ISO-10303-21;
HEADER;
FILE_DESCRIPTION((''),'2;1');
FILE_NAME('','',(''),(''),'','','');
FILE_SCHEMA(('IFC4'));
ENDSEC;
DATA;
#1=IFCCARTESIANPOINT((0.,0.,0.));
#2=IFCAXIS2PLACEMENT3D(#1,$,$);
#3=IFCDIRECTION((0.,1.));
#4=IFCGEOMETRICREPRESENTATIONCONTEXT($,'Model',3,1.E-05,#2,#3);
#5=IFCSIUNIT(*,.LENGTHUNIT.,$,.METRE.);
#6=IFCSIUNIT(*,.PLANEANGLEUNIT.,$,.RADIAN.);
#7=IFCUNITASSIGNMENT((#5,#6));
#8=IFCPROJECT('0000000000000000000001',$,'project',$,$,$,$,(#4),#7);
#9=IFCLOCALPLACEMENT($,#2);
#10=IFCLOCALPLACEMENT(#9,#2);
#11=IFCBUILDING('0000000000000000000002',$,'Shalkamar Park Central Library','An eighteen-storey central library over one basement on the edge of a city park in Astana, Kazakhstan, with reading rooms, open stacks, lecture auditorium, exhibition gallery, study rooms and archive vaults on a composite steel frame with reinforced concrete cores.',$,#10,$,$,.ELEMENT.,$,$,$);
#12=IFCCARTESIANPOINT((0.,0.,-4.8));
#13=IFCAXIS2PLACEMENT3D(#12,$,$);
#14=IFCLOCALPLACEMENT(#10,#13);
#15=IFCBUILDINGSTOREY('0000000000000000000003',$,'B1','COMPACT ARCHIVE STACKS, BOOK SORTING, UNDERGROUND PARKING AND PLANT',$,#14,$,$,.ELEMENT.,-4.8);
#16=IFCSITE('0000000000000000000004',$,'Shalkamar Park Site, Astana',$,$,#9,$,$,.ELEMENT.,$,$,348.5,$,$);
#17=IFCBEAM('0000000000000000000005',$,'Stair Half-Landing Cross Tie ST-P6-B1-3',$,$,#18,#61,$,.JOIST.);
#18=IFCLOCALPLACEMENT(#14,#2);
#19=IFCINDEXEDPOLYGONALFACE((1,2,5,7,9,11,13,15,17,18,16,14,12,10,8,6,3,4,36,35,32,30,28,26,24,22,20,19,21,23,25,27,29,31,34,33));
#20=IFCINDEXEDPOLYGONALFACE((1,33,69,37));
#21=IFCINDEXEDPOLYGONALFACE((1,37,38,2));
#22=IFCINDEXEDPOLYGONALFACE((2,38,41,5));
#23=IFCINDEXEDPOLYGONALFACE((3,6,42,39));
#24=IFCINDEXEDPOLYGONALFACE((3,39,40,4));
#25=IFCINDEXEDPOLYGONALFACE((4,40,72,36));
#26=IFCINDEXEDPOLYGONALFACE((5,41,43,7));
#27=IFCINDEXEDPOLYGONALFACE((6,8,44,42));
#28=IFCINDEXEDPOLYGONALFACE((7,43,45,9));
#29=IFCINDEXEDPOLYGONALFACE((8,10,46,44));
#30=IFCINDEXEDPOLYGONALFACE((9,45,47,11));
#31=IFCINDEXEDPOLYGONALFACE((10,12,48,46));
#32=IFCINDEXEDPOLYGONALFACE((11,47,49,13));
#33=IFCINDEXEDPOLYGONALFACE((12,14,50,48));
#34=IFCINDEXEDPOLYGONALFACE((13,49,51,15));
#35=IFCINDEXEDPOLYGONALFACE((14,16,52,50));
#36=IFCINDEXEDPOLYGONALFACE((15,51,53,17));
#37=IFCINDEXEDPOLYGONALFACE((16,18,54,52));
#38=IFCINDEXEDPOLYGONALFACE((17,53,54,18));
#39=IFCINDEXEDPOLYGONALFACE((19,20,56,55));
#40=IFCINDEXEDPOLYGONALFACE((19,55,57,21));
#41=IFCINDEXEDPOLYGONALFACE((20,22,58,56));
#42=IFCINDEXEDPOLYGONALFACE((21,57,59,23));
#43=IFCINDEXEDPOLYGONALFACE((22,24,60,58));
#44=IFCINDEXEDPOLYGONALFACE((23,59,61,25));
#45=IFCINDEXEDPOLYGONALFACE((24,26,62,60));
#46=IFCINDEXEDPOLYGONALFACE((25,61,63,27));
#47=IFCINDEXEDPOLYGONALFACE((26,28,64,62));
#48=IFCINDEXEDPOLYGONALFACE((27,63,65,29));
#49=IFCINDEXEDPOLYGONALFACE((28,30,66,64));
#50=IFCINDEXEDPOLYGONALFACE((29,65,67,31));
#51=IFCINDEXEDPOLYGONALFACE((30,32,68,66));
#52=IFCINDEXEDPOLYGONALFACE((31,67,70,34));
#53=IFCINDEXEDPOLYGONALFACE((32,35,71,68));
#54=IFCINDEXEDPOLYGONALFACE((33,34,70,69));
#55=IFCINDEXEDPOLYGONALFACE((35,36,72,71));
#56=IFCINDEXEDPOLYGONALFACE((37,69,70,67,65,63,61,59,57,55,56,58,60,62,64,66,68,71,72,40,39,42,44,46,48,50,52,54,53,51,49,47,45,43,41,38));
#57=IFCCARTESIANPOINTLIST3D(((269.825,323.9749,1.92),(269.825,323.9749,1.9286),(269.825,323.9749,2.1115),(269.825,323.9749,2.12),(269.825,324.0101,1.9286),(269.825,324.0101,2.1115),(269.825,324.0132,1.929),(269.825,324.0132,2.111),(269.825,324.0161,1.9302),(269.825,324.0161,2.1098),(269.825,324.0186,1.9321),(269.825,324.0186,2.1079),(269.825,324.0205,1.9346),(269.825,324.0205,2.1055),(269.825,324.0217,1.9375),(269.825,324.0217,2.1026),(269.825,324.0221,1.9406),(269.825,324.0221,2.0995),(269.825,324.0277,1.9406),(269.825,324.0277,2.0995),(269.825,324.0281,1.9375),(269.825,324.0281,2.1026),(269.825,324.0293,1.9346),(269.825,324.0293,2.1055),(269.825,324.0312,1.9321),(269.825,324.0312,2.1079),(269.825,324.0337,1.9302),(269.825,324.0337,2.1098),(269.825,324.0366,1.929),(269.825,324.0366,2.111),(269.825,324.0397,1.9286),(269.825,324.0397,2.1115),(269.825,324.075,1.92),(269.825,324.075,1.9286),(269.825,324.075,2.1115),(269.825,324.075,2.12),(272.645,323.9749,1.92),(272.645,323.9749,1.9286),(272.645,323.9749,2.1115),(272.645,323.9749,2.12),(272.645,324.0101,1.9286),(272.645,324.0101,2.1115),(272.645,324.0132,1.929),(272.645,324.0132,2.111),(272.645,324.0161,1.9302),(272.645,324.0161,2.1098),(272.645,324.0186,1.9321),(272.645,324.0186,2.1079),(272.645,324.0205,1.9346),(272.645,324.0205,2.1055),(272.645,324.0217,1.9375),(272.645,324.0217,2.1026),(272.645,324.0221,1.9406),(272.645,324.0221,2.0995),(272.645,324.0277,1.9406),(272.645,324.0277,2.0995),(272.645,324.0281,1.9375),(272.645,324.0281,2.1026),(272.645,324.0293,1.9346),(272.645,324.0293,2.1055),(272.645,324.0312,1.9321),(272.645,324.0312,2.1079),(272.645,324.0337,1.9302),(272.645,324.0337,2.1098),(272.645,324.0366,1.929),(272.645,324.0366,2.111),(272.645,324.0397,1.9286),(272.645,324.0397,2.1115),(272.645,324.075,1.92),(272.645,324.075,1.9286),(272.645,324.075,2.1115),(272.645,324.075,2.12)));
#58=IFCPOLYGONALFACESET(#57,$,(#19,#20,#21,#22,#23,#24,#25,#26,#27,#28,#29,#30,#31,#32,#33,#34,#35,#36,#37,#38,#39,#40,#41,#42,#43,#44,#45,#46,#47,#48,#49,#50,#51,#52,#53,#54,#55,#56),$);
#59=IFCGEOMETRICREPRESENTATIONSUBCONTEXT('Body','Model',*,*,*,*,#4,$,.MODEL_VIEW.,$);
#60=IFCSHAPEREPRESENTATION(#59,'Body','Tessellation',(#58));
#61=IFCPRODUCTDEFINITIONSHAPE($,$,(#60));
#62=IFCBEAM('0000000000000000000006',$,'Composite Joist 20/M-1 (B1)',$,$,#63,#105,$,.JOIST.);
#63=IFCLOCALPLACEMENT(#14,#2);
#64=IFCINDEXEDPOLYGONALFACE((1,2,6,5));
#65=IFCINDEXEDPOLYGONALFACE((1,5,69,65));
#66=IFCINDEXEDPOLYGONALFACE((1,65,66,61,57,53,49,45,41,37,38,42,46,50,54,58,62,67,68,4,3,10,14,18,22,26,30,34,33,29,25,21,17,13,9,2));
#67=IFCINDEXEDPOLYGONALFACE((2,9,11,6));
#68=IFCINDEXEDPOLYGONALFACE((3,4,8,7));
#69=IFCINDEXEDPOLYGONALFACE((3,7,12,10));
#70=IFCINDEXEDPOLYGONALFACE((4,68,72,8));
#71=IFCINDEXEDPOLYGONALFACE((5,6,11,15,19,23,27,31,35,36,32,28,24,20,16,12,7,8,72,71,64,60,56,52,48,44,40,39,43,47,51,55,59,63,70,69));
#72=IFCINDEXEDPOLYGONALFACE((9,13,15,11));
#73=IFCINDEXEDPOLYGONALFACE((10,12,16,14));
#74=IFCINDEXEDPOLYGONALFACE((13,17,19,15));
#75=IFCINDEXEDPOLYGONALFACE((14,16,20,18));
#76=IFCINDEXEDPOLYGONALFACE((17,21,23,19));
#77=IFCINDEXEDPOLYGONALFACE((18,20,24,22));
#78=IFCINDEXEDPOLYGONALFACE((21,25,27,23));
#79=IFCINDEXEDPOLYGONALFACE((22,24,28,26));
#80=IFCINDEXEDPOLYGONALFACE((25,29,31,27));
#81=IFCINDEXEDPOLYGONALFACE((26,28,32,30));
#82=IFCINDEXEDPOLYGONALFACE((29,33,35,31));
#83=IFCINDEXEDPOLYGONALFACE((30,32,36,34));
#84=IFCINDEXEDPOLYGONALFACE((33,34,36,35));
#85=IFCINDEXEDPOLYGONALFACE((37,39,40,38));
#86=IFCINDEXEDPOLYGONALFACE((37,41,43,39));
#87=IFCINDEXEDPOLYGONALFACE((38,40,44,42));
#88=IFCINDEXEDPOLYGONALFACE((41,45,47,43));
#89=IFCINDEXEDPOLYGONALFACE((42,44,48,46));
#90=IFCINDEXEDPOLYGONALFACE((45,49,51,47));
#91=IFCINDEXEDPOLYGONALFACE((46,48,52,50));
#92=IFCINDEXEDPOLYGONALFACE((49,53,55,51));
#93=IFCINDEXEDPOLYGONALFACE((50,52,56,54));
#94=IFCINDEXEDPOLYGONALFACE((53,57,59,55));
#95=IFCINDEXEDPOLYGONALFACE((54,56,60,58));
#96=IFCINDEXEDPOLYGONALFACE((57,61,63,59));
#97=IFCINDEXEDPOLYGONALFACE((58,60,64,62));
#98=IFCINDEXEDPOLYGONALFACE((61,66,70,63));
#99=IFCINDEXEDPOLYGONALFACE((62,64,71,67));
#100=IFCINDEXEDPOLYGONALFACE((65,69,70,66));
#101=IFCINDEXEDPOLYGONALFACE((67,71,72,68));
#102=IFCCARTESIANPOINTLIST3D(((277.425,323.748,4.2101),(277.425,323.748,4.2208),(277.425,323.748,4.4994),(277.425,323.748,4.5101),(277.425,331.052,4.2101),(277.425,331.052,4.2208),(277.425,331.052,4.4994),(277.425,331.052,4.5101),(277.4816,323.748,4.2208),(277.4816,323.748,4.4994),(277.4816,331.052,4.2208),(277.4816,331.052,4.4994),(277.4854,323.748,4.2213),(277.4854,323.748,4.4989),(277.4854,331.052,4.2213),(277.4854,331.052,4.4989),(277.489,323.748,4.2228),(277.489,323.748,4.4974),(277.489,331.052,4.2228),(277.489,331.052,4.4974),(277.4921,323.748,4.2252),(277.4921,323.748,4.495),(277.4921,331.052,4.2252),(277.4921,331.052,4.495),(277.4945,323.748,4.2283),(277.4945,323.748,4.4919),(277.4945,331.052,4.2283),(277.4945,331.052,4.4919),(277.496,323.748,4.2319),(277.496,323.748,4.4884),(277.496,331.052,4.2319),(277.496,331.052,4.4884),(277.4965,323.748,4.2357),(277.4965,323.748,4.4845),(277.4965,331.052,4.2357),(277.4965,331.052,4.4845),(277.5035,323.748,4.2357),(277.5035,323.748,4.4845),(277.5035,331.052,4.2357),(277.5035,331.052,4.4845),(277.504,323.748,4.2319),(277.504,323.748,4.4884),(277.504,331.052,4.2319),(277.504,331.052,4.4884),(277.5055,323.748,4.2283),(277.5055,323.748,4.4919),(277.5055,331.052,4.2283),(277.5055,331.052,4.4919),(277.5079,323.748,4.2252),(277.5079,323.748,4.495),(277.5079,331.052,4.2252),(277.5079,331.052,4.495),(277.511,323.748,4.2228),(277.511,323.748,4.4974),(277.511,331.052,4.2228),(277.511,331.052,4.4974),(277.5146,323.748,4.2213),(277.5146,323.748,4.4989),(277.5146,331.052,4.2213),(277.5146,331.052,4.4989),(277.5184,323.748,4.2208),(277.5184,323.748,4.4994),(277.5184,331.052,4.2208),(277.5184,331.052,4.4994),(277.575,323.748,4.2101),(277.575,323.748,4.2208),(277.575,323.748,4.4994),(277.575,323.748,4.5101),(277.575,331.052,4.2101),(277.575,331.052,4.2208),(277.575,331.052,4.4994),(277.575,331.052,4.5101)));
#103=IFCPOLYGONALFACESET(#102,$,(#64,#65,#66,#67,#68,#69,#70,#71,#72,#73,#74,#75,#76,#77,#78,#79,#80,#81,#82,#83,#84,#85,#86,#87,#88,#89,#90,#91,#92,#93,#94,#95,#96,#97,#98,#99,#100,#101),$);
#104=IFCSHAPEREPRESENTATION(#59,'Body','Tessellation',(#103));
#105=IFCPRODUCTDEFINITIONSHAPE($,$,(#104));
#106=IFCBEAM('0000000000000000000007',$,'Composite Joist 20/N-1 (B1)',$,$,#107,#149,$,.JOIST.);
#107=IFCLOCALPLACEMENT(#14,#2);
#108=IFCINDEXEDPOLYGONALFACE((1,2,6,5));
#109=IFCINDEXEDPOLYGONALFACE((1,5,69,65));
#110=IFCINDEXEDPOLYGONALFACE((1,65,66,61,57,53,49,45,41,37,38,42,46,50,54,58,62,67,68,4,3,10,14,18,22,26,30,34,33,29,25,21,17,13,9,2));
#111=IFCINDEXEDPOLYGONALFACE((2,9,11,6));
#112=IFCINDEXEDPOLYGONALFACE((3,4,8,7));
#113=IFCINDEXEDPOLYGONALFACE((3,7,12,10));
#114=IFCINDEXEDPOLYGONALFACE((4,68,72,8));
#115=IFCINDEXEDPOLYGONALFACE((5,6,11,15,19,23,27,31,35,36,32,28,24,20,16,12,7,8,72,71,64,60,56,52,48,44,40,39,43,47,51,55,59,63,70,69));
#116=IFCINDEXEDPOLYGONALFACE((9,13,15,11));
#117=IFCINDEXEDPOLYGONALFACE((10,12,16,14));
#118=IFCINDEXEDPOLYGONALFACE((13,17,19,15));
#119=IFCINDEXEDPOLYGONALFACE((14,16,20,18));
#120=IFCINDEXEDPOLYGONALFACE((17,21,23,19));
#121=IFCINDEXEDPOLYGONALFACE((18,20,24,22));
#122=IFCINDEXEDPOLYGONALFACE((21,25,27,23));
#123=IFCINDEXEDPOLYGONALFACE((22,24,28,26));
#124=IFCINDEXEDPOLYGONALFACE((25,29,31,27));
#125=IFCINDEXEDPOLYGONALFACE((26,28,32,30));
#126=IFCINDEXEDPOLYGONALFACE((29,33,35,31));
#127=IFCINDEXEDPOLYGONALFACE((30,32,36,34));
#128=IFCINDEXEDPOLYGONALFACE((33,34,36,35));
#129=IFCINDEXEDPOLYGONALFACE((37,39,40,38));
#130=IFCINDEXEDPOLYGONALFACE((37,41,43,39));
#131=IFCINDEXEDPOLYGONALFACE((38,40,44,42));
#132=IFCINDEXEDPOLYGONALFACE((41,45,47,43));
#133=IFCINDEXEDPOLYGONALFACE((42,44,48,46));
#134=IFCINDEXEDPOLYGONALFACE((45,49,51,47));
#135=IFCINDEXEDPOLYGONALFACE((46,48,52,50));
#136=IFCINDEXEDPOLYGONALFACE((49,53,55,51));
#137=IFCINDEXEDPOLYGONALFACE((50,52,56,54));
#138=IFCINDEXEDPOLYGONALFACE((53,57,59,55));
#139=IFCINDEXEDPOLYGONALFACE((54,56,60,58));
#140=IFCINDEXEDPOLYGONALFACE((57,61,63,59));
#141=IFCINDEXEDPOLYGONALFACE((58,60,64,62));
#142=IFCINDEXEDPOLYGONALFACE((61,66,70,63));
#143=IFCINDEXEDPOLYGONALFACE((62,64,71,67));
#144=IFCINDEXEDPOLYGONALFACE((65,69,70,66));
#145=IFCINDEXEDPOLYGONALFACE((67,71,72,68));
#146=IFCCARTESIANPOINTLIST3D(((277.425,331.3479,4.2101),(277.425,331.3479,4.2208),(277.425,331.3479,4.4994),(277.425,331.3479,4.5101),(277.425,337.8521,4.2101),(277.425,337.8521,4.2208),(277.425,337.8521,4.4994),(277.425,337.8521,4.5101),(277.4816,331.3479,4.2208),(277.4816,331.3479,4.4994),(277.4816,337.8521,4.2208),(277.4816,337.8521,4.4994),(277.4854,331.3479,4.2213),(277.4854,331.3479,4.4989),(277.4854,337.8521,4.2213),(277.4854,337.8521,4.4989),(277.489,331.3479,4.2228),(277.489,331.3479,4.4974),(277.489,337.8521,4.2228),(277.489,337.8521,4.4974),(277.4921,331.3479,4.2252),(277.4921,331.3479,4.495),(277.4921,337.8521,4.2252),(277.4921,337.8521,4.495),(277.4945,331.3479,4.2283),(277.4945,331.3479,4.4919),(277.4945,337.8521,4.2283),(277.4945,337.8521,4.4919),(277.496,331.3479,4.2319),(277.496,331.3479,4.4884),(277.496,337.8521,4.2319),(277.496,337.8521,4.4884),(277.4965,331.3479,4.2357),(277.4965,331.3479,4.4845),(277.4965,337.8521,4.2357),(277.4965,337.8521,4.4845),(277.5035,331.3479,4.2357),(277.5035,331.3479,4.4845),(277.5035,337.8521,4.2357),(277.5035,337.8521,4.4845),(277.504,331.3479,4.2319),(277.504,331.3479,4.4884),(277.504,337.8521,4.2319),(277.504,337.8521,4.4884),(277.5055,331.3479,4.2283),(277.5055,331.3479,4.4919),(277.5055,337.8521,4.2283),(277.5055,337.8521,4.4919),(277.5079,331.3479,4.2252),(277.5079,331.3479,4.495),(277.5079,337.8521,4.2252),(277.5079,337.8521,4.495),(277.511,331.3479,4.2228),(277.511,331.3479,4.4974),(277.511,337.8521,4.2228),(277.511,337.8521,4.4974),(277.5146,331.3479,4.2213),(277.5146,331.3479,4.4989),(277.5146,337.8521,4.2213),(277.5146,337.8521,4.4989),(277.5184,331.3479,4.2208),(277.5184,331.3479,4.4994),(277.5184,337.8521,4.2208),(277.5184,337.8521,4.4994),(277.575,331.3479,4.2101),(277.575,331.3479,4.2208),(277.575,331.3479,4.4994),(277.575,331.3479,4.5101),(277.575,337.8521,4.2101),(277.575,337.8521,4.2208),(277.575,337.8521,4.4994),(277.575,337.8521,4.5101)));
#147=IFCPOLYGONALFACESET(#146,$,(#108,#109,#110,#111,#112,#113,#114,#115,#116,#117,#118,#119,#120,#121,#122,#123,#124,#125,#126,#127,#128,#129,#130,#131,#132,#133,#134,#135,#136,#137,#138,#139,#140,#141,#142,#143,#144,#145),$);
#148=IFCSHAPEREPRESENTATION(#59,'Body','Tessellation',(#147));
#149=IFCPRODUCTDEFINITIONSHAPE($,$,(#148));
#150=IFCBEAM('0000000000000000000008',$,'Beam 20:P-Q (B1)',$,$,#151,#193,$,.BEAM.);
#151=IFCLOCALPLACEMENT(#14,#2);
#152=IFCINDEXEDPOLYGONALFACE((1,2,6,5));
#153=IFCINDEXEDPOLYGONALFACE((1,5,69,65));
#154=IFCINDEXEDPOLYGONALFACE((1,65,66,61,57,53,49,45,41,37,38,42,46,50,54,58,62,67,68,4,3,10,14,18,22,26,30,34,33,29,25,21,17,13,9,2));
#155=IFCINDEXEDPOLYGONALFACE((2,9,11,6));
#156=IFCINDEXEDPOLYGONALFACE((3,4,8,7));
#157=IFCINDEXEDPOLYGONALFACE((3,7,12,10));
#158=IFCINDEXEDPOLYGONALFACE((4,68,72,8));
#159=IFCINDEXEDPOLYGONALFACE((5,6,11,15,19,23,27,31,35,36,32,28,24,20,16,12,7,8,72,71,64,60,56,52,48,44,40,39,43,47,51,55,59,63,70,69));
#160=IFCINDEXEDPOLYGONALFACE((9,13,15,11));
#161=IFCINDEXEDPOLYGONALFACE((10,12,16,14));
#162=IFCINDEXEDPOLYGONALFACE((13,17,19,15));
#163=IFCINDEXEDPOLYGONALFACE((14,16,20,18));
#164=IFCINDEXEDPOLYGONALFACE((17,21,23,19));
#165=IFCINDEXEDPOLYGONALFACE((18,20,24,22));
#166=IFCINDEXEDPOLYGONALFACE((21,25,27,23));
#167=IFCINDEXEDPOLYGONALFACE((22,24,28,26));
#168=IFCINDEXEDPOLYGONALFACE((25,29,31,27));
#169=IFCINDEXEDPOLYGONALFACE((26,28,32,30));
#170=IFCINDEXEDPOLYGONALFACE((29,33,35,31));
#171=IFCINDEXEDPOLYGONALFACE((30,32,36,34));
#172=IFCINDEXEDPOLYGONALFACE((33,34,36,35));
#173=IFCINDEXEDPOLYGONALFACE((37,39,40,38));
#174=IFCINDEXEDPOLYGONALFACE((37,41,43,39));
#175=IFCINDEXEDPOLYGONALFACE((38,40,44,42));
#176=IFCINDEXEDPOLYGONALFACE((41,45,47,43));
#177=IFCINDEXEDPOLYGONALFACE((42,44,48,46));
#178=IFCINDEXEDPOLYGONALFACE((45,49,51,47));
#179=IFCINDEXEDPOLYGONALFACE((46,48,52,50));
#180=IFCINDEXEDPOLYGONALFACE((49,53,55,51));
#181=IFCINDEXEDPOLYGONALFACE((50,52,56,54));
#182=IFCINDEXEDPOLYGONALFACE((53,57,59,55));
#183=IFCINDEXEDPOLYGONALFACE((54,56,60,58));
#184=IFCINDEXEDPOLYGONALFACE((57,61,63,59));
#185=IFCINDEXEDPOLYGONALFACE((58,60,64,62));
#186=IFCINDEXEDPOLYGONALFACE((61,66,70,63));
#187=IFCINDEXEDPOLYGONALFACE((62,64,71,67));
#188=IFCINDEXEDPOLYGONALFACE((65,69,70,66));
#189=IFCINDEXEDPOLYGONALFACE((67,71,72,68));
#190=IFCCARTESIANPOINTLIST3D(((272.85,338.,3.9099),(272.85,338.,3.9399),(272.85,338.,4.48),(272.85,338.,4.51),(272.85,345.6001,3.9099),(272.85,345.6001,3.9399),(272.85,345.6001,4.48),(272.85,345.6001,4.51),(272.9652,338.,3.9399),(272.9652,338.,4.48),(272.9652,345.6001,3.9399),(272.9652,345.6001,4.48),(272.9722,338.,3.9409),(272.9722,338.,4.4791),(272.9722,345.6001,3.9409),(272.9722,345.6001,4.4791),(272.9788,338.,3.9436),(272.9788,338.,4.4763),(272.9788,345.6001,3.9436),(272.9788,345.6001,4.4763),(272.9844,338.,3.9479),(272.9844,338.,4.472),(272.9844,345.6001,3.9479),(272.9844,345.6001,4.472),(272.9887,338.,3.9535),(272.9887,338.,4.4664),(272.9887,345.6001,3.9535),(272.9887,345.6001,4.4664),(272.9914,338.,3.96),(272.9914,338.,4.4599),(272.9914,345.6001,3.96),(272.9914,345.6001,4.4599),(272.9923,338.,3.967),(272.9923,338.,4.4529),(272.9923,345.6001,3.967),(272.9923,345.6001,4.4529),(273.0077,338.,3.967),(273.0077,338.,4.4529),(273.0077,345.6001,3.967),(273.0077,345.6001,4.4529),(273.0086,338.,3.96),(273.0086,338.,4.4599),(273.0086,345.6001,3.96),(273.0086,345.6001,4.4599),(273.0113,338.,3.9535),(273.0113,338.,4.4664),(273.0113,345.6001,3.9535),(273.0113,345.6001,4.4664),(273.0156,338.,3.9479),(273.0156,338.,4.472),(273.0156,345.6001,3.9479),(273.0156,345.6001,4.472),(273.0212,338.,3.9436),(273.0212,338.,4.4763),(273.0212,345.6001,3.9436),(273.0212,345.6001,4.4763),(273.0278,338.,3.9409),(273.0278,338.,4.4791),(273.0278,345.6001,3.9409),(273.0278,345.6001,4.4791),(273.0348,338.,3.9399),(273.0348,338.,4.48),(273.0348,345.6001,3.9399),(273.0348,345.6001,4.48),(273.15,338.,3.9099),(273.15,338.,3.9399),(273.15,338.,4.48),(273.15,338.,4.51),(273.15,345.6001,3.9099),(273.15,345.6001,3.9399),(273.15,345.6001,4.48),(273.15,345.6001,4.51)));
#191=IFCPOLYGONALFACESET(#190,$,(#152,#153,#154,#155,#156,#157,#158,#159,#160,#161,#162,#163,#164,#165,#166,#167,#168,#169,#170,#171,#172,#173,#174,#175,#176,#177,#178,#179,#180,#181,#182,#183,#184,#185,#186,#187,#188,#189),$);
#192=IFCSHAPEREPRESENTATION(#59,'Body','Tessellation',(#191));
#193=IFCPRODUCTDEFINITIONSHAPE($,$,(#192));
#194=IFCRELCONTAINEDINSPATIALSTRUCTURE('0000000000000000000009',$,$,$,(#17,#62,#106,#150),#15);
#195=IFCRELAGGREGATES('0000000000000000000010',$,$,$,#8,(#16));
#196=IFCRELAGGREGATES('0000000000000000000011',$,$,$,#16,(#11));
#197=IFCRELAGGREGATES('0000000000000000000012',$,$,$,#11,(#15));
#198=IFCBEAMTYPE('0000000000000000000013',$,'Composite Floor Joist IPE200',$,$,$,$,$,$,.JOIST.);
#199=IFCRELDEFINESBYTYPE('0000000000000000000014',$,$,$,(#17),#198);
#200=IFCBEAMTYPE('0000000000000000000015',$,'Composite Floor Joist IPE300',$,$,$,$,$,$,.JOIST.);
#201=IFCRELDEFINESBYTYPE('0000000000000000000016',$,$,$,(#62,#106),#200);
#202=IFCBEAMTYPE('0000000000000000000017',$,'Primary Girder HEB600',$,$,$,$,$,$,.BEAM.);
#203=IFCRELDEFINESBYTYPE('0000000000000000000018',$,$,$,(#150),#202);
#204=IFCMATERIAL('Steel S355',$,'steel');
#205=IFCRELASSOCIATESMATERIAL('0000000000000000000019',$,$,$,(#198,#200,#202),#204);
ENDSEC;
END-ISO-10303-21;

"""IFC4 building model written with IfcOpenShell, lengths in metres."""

from ifc_helpers import new_model, si_unit, direction, frame, origin, origin_2d, place, context, subcontext, project, spatial, i_section, extrude, material, material_profile, profile_set, type_object, element, save


model = new_model("IFC4")

# Units and contexts
model_context = context("Model", 3, precision=1e-05, world=origin(), true_north=direction((0.0, 1.0)))
body_context = subcontext(model_context, "Body", "Model", "MODEL_VIEW")
ifc_project = project(units=[si_unit("LENGTHUNIT", "METRE"), si_unit("PLANEANGLEUNIT", "RADIAN")], contexts=[model_context])

# Site, building, storey
site_placement = place(None, origin())
site = spatial("IfcSite", under=ifc_project, at=site_placement, Name="Shalkamar Park Site, Astana", CompositionType="ELEMENT", RefElevation=348.5)
building_placement = place(site_placement, origin())
building = spatial("IfcBuilding", under=site, at=building_placement, Name="Shalkamar Park Central Library", Description="An eighteen-storey central library over one basement on the edge of a city park in Astana, Kazakhstan, with reading rooms, open stacks, lecture auditorium, exhibition gallery, study rooms and archive vaults on a composite steel frame with reinforced concrete cores.", CompositionType="ELEMENT")
storey_placement = place(building_placement, frame((0.0, 0.0, -4.8)))
storey = spatial("IfcBuildingStorey", under=building, at=storey_placement, Name="B1", Description="COMPACT ARCHIVE STACKS, BOOK SORTING, UNDERGROUND PARKING AND PLANT", CompositionType="ELEMENT", Elevation=-4.8)

# Shared definitions
ifc_material_1 = material(Name="Steel S355", Category="steel")

# Beams
ifc_material_profile_1 = material_profile(ifc_material_1, i_section(OverallWidth=0.1001, OverallDepth=0.2, WebThickness=0.0056, FlangeThickness=0.0085, FilletRadius=0.012, at=origin_2d()), Name="IPE 200")
ifc_profile_set_1 = profile_set([ifc_material_profile_1], Name="Steel S355")
beam_type_1 = type_object("IfcBeamType", Name="Composite Floor Joist IPE200", PredefinedType="JOIST", material=ifc_profile_set_1)
beam_1_placement = place(storey_placement, frame((269.825, 324.0249, 2.02), z_axis=(1.0, 0.0, 0.0), x_axis=(0.0, 1.0, 0.0)))
element("IfcBeam", 1, at=beam_1_placement, inside=storey, type_object=beam_type_1, Name="Stair Half-Landing Cross Tie ST-P6-B1-3", PredefinedType="JOIST", context=body_context, shape_type="SweptSolid", body=[
    extrude(i_section(OverallWidth=0.1001, OverallDepth=0.2, WebThickness=0.0056, FlangeThickness=0.0085, FilletRadius=0.012, at=origin_2d()), origin(), (0.0, 0.0, 1.0), 2.8201),
])
ifc_material_profile_2 = material_profile(ifc_material_1, i_section(OverallWidth=0.1499, OverallDepth=0.3, WebThickness=0.0071, FlangeThickness=0.0107, FilletRadius=0.0149, at=origin_2d()), Name="IPE 300")
ifc_profile_set_2 = profile_set([ifc_material_profile_2], Name="Steel S355")
beam_type_2 = type_object("IfcBeamType", Name="Composite Floor Joist IPE300", PredefinedType="JOIST", material=ifc_profile_set_2)
beam_2_placement = place(storey_placement, frame((277.5, 323.748, 4.3601), z_axis=(0.0, 1.0, 0.0), x_axis=(-1.0, 0.0, 0.0)))
element("IfcBeam", 2, at=beam_2_placement, inside=storey, type_object=beam_type_2, Name="Composite Joist 20/M-1 (B1)", PredefinedType="JOIST", context=body_context, shape_type="SweptSolid", body=[
    extrude(i_section(OverallWidth=0.1499, OverallDepth=0.3, WebThickness=0.0071, FlangeThickness=0.0107, FilletRadius=0.0149, at=origin_2d()), origin(), (0.0, 0.0, 1.0), 7.304),
])
beam_3_placement = place(storey_placement, frame((277.5, 331.3479, 4.3601), z_axis=(0.0, 1.0, 0.0), x_axis=(-1.0, 0.0, 0.0)))
element("IfcBeam", 3, at=beam_3_placement, inside=storey, type_object=beam_type_2, Name="Composite Joist 20/N-1 (B1)", PredefinedType="JOIST", context=body_context, shape_type="SweptSolid", body=[
    extrude(i_section(OverallWidth=0.1499, OverallDepth=0.3, WebThickness=0.0071, FlangeThickness=0.0107, FilletRadius=0.0149, at=origin_2d()), origin(), (0.0, 0.0, 1.0), 6.5042),
])
ifc_material_profile_3 = material_profile(ifc_material_1, i_section(OverallWidth=0.3, OverallDepth=0.6001, WebThickness=0.0154, FlangeThickness=0.03, FilletRadius=0.0271, at=origin_2d()), Name="HEB 600")
ifc_profile_set_3 = profile_set([ifc_material_profile_3], Name="Steel S355")
beam_type_3 = type_object("IfcBeamType", Name="Primary Girder HEB600", PredefinedType="BEAM", material=ifc_profile_set_3)
beam_4_placement = place(storey_placement, frame((273.0, 338.0, 4.21), z_axis=(0.0, 1.0, 0.0), x_axis=(-1.0, 0.0, 0.0)))
element("IfcBeam", 4, at=beam_4_placement, inside=storey, type_object=beam_type_3, Name="Beam 20:P-Q (B1)", PredefinedType="BEAM", context=body_context, shape_type="SweptSolid", body=[
    extrude(i_section(OverallWidth=0.3, OverallDepth=0.6001, WebThickness=0.0154, FlangeThickness=0.03, FilletRadius=0.0271, at=origin_2d()), origin(), (0.0, 0.0, 1.0), 7.6001),
])

save(model, "model.ifc")
